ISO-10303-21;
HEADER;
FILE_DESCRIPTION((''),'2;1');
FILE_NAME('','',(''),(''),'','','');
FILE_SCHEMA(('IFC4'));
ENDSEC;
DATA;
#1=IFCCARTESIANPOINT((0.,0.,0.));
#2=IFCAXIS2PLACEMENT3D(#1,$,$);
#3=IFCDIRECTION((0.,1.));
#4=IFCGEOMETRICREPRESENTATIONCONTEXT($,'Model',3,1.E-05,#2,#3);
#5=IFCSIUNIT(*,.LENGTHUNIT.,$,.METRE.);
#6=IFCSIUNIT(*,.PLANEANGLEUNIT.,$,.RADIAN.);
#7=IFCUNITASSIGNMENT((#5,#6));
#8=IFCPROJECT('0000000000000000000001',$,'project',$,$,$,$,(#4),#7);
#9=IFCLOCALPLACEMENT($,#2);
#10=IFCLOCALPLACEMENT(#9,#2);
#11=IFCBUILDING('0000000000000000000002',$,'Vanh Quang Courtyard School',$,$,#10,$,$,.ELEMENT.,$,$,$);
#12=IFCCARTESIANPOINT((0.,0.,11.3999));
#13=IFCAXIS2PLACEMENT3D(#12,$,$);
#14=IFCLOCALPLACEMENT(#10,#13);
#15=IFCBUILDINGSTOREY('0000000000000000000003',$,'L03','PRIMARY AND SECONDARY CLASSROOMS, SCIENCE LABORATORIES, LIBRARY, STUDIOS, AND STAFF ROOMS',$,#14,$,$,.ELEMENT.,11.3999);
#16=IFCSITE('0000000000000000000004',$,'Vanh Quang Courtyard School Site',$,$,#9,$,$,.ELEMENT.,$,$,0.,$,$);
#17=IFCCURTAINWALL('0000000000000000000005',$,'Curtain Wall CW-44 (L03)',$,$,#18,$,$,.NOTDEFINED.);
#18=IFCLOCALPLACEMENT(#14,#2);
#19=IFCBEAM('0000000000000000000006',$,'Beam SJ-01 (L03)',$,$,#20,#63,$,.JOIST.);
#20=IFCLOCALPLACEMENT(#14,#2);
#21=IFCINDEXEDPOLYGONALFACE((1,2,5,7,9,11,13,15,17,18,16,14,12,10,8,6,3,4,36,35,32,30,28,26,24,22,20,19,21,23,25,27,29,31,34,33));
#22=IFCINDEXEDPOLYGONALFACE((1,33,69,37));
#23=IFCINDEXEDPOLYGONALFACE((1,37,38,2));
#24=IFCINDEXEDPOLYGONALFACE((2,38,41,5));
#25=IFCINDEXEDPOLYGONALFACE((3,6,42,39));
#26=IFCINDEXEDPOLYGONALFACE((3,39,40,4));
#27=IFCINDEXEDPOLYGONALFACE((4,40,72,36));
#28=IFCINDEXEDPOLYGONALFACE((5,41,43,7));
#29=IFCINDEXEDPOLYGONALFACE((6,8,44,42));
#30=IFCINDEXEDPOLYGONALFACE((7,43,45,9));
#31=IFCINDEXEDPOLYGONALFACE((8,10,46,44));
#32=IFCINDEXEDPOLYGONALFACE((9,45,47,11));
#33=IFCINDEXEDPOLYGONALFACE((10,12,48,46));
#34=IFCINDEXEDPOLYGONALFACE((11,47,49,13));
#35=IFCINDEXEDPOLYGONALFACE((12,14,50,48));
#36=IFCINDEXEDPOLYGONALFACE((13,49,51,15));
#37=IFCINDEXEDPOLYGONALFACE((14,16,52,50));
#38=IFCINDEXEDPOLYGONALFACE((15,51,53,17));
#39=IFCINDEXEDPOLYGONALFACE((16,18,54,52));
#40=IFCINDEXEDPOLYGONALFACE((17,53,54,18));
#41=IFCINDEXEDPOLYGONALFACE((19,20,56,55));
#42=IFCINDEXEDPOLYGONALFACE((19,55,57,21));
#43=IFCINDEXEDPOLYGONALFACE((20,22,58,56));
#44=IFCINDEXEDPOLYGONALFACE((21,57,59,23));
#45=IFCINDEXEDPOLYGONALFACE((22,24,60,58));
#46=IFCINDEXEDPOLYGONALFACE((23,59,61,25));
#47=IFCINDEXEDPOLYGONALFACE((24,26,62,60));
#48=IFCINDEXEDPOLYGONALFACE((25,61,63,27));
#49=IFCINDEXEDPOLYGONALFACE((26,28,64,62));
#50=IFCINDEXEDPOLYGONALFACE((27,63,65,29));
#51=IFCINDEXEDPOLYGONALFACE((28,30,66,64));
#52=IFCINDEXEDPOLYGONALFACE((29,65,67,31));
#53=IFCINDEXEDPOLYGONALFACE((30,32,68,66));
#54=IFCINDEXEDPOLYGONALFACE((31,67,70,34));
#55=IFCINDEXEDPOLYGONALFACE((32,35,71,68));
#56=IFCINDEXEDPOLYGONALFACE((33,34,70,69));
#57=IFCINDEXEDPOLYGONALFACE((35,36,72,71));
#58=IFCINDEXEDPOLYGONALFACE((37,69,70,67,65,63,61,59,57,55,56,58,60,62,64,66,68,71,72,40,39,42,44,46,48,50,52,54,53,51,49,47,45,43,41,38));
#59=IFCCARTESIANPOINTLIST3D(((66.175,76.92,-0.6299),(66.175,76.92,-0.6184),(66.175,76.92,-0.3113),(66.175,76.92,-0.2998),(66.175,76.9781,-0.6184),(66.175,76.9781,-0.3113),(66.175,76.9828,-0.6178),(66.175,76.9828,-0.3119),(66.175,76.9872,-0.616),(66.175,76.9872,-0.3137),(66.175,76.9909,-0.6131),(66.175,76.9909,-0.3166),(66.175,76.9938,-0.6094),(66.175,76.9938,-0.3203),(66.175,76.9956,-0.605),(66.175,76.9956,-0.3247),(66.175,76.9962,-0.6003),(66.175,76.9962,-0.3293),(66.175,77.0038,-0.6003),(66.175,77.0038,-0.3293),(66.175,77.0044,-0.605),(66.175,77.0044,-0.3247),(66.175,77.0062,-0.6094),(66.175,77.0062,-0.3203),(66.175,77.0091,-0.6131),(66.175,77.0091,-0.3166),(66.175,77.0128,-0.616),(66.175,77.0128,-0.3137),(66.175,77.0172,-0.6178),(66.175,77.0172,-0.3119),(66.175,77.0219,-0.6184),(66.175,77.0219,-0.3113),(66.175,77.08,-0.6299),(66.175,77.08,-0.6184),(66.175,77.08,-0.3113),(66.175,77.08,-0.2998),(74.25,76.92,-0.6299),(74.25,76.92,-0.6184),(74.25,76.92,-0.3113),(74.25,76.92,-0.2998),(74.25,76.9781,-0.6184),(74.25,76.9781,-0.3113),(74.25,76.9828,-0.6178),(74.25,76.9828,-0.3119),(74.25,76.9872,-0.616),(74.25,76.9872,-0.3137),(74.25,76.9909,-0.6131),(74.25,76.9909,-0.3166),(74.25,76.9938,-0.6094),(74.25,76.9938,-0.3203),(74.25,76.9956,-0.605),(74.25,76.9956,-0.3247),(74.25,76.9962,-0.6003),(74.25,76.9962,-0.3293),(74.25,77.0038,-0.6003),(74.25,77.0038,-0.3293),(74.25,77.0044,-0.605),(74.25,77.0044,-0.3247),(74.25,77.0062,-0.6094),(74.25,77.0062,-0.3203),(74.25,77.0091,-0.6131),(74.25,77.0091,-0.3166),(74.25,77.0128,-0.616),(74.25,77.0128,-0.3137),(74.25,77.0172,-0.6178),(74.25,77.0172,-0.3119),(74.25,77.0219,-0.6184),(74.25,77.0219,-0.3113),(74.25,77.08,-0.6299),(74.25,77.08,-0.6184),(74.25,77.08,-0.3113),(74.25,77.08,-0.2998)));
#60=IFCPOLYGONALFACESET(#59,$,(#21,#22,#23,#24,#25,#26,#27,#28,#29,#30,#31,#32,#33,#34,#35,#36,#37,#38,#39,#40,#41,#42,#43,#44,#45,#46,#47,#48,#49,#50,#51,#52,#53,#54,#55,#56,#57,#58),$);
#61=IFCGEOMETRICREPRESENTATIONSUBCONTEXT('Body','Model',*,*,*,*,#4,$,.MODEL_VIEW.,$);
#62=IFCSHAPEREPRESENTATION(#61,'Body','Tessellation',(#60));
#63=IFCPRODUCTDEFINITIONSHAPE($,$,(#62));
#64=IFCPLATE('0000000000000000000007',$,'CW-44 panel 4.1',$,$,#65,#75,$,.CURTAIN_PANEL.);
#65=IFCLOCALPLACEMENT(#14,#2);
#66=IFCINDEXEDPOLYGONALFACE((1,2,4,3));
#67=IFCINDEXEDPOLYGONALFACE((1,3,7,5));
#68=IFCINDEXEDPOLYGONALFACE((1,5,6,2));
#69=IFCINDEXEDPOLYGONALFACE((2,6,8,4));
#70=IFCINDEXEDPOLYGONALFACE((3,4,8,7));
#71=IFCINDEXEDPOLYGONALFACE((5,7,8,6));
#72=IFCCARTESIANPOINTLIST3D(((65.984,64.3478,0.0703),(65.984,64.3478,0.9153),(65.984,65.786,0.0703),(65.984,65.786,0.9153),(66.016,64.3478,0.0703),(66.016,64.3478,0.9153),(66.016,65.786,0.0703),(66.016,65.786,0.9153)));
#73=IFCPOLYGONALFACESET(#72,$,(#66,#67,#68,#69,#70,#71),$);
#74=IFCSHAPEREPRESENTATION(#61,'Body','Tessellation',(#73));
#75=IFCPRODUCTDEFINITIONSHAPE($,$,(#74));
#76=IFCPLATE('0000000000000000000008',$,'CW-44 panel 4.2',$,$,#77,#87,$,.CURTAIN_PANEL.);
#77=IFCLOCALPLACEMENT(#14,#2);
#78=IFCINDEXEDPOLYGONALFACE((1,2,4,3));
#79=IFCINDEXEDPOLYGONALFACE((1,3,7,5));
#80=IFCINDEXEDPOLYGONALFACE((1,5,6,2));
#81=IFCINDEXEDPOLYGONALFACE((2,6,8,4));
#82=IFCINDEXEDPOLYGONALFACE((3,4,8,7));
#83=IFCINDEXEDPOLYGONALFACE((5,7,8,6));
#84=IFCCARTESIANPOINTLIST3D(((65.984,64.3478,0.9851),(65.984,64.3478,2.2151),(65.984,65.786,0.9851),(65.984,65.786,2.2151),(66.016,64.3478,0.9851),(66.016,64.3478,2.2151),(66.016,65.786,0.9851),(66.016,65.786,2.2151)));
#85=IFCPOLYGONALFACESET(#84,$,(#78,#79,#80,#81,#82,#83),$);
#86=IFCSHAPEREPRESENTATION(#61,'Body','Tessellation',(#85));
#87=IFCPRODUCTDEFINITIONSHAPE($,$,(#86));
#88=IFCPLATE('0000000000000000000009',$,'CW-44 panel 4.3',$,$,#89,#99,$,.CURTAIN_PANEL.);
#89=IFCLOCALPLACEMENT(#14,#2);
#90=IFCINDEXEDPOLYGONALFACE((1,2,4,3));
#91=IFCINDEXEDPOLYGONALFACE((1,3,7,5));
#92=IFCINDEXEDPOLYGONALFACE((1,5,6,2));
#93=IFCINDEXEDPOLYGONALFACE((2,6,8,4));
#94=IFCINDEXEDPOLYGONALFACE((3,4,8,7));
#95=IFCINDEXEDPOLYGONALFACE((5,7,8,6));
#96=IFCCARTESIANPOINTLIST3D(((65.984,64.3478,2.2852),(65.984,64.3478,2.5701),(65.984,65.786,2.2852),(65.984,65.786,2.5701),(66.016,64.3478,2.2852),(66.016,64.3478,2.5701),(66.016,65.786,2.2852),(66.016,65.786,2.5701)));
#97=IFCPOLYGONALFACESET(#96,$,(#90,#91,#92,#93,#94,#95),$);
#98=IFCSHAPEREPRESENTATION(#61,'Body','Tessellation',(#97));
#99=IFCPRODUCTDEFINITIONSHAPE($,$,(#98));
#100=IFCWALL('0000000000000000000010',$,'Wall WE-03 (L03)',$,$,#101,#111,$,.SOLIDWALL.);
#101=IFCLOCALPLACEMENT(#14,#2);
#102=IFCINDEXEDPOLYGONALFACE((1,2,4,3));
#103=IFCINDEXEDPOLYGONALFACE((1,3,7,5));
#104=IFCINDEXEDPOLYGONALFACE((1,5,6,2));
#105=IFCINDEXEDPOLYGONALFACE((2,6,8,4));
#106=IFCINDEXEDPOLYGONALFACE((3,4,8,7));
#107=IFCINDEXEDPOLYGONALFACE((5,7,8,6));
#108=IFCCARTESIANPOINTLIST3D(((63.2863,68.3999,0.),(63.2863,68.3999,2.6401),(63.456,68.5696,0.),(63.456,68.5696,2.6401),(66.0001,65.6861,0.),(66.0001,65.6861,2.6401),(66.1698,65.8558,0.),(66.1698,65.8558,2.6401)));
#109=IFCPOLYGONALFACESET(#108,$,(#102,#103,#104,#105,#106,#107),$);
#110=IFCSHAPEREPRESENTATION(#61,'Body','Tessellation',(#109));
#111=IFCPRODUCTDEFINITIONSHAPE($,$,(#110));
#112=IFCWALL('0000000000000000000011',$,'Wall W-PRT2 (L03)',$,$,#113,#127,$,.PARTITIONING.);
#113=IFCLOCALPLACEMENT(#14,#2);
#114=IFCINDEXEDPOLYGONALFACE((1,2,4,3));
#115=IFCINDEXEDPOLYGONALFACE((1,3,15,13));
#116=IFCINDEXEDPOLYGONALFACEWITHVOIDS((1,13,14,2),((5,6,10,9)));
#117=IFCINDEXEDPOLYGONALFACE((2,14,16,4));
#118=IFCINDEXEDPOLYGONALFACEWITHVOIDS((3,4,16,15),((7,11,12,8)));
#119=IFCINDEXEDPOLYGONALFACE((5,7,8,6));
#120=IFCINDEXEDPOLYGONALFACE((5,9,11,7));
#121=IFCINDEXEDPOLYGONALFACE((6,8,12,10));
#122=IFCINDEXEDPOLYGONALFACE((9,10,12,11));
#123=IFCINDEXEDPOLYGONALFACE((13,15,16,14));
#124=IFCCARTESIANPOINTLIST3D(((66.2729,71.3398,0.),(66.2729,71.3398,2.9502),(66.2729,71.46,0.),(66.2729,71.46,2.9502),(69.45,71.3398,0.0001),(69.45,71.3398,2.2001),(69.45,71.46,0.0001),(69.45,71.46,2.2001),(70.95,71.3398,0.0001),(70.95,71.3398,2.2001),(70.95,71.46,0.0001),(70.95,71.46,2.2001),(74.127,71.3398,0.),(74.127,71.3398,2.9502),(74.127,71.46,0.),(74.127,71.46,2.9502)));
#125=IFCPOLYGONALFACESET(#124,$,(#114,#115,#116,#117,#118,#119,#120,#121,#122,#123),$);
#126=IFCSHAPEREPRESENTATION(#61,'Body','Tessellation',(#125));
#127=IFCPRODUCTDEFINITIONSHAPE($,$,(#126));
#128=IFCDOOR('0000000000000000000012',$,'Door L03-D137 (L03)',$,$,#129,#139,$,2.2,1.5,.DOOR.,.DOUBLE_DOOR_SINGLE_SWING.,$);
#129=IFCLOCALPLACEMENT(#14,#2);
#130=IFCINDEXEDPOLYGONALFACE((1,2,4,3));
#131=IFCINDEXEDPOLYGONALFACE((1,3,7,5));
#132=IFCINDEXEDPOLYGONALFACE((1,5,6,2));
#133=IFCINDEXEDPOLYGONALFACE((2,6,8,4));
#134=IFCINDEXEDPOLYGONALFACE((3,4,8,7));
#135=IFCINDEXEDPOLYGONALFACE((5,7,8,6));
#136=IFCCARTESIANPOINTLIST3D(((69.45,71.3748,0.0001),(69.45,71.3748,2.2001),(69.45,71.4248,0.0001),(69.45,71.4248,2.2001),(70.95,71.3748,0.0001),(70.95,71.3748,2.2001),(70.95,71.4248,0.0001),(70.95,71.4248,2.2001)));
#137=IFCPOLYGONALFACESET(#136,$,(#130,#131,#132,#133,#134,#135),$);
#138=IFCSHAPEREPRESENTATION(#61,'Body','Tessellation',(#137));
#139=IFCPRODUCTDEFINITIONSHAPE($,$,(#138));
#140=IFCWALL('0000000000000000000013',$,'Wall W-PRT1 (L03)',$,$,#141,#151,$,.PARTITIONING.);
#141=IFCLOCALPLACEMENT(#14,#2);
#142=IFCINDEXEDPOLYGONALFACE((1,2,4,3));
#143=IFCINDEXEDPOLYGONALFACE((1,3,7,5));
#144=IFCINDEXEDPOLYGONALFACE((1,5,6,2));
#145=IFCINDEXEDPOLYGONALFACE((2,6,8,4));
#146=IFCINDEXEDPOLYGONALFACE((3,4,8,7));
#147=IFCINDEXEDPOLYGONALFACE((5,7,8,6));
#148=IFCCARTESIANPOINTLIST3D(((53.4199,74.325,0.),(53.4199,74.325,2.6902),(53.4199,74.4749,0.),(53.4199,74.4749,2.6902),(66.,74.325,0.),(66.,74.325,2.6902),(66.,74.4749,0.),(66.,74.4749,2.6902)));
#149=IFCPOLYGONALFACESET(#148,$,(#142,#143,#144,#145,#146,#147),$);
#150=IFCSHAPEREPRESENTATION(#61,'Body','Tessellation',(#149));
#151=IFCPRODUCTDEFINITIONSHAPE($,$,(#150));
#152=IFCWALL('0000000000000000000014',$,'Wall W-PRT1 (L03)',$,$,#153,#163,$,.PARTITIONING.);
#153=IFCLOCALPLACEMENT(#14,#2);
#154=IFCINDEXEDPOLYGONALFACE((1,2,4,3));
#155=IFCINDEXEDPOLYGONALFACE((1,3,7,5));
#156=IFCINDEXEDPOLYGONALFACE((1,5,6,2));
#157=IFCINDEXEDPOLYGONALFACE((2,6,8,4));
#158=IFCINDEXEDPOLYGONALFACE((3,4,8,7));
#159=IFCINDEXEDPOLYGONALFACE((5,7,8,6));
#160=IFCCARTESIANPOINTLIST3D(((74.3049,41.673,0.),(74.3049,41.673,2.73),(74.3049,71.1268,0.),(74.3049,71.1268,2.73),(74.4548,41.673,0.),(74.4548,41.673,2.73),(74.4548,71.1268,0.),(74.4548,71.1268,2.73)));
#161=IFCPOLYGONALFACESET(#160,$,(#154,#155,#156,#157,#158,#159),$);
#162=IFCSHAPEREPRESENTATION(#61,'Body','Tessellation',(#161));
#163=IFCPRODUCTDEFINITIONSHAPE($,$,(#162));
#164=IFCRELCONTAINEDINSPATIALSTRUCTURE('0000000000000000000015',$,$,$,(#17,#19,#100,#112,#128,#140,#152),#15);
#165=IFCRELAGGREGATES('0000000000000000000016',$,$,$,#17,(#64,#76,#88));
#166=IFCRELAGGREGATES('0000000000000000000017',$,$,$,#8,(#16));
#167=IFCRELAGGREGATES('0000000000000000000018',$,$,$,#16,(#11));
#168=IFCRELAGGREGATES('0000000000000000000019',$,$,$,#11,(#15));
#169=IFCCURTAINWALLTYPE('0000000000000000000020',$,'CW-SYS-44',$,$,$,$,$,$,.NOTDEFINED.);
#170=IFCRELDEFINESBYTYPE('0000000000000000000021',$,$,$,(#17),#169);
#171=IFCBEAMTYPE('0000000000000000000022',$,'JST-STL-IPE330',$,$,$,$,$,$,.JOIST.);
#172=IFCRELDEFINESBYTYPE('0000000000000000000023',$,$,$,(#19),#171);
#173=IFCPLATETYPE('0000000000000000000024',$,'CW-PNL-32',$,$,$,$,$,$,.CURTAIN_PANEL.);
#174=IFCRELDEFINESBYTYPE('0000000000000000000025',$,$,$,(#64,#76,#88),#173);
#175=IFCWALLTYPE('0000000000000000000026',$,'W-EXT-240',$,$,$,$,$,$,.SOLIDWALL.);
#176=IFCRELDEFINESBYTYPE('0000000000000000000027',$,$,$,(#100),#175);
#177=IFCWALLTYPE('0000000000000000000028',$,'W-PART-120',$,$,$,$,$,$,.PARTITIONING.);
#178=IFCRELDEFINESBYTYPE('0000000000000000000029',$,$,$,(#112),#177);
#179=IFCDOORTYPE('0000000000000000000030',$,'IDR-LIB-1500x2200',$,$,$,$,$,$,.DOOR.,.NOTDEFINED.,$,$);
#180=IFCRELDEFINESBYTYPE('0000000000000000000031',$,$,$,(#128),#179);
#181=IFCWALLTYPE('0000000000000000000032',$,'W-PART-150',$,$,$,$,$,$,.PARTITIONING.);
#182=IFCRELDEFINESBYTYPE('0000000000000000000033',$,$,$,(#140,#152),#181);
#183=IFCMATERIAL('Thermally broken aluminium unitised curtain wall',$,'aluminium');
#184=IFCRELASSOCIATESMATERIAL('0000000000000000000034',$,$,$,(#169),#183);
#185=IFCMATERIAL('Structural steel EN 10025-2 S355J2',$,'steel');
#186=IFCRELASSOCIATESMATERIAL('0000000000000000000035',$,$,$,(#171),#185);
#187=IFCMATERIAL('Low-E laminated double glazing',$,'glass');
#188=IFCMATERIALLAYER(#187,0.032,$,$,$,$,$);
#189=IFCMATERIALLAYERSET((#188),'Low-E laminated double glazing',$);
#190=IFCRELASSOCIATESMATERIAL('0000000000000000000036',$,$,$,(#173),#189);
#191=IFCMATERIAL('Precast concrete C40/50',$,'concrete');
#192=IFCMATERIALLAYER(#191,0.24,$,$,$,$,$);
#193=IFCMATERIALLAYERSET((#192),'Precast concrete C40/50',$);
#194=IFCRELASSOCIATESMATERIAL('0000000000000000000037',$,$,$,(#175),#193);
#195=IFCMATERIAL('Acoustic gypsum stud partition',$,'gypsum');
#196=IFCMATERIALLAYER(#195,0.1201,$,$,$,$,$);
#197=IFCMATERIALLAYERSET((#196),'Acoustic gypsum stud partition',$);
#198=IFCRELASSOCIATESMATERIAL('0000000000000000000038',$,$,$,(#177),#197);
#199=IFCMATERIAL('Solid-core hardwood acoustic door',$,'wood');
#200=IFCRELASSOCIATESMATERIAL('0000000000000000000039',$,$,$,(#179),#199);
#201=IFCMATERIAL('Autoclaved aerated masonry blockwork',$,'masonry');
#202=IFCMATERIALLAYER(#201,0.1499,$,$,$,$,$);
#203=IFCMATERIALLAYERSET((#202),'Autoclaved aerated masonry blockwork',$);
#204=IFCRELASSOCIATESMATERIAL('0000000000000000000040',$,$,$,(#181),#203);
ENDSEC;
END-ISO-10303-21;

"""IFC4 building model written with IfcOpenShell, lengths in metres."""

from ifc_helpers import new_model, si_unit, direction, frame, frame_2d, origin, origin_2d, place, context, subcontext, project, spatial, rectangle, i_section, extrude, material, layer, layer_set, material_profile, profile_set, type_object, element, fill, aggregate, save


model = new_model("IFC4")

# Units and contexts
model_context = context("Model", 3, precision=1e-05, world=origin(), true_north=direction((0.0, 1.0)))
body_context = subcontext(model_context, "Body", "Model", "MODEL_VIEW")
ifc_project = project(units=[si_unit("LENGTHUNIT", "METRE"), si_unit("PLANEANGLEUNIT", "RADIAN")], contexts=[model_context])

# Site, building, storey
site_placement = place(None, origin())
site = spatial("IfcSite", under=ifc_project, at=site_placement, Name="Vanh Quang Courtyard School Site", CompositionType="ELEMENT", RefElevation=0.0)
building_placement = place(site_placement, origin())
building = spatial("IfcBuilding", under=site, at=building_placement, Name="Vanh Quang Courtyard School", CompositionType="ELEMENT")
storey_placement = place(building_placement, frame((0.0, 0.0, 11.3999)))
storey = spatial("IfcBuildingStorey", under=building, at=storey_placement, Name="L03", Description="PRIMARY AND SECONDARY CLASSROOMS, SCIENCE LABORATORIES, LIBRARY, STUDIOS, AND STAFF ROOMS", CompositionType="ELEMENT", Elevation=11.3999)

# Shared definitions
ifc_material_1 = material(Name="Structural steel EN 10025-2 S355J2", Category="steel")

# Curtain wall
ifc_material_2 = material(Name="Thermally broken aluminium unitised curtain wall", Category="aluminium")
curtain_wall_type = type_object("IfcCurtainWallType", Name="CW-SYS-44", PredefinedType="NOTDEFINED", material=ifc_material_2)
curtain_wall_placement = place(storey_placement, origin())
curtain_wall = element("IfcCurtainWall", 1, at=curtain_wall_placement, inside=storey, type_object=curtain_wall_type, Name="Curtain Wall CW-44 (L03)", PredefinedType="NOTDEFINED")

# Beam
ifc_material_profile_1 = material_profile(ifc_material_1, i_section(OverallWidth=0.1599, OverallDepth=0.3301, WebThickness=0.0076, FlangeThickness=0.0115, FilletRadius=0.0181, at=origin_2d()), Name="IPE 330")
ifc_profile_set_1 = profile_set([ifc_material_profile_1], Name="Structural steel EN 10025-2 S355J2")
beam_type_1 = type_object("IfcBeamType", Name="JST-STL-IPE330", PredefinedType="JOIST", material=ifc_profile_set_1)
for number, where, z_axis, x_axis, name in (
    (2, (66.175, 77.0, -0.4648), (1.0, 0.0, 0.0), (0.0, 1.0, 0.0), "Beam SJ-01 (L03)"),
):
    element("IfcBeam", number, at=place(storey_placement, frame(where, z_axis=z_axis, x_axis=x_axis)), inside=storey, type_object=beam_type_1, Name=name, PredefinedType="JOIST", context=body_context, shape_type="SweptSolid", body=[
        extrude(i_section(OverallWidth=0.1599, OverallDepth=0.3301, WebThickness=0.0076, FlangeThickness=0.0115, FilletRadius=0.0181, at=origin_2d()), origin(), (0.0, 0.0, 1.0), 8.075),
    ])

# Plates
ifc_material_3 = material(Name="Low-E laminated double glazing", Category="glass")
ifc_layer_1 = layer(ifc_material_3, 0.032)
ifc_layer_set_1 = layer_set([ifc_layer_1], Name="Low-E laminated double glazing")
plate_type = type_object("IfcPlateType", Name="CW-PNL-32", PredefinedType="CURTAIN_PANEL", material=ifc_layer_set_1)
plate_1_placement = place(storey_placement, frame((66.0, 65.0669, 0.0703), z_axis=(0.0, 0.0, 1.0), x_axis=(0.0, 1.0, 0.0)))
plate_1 = element("IfcPlate", 3, at=plate_1_placement, type_object=plate_type, Name="CW-44 panel 4.1", PredefinedType="CURTAIN_PANEL", context=body_context, shape_type="SweptSolid", body=[
    extrude(rectangle(XDim=1.4382, YDim=0.032, at=origin_2d()), origin(), (0.0, 0.0, 1.0), 0.845),
])
plate_2_placement = place(storey_placement, frame((66.0, 65.0669, 0.9851), z_axis=(0.0, 0.0, 1.0), x_axis=(0.0, 1.0, 0.0)))
plate_2 = element("IfcPlate", 4, at=plate_2_placement, type_object=plate_type, Name="CW-44 panel 4.2", PredefinedType="CURTAIN_PANEL", context=body_context, shape_type="SweptSolid", body=[
    extrude(rectangle(XDim=1.4382, YDim=0.032, at=origin_2d()), origin(), (0.0, 0.0, 1.0), 1.23),
])
plate_3_placement = place(storey_placement, frame((66.0, 65.0669, 2.2852), z_axis=(0.0, 0.0, 1.0), x_axis=(0.0, 1.0, 0.0)))
plate_3 = element("IfcPlate", 5, at=plate_3_placement, type_object=plate_type, Name="CW-44 panel 4.3", PredefinedType="CURTAIN_PANEL", context=body_context, shape_type="SweptSolid", body=[
    extrude(rectangle(XDim=1.4382, YDim=0.032, at=origin_2d()), origin(), (0.0, 0.0, 1.0), 0.2849),
])
aggregate(curtain_wall, [plate_1, plate_2, plate_3])

# Wall
ifc_material_4 = material(Name="Precast concrete C40/50", Category="concrete")
ifc_layer_2 = layer(ifc_material_4, 0.24)
ifc_layer_set_2 = layer_set([ifc_layer_2], Name="Precast concrete C40/50")
wall_type_1 = type_object("IfcWallType", Name="W-EXT-240", PredefinedType="SOLIDWALL", material=ifc_layer_set_2)
wall_1_placement = place(storey_placement, frame((66.085, 65.771, 0.0), z_axis=(0.0, 0.0, 1.0), x_axis=(-0.707107, 0.707107, 0.0)))
element("IfcWall", 6, at=wall_1_placement, inside=storey, type_object=wall_type_1, Name="Wall WE-03 (L03)", PredefinedType="SOLIDWALL", context=body_context, shape_type="SweptSolid", body=[
    extrude(rectangle(XDim=3.8379, YDim=0.24, at=frame_2d((1.9189, 0.0))), origin(), (0.0, 0.0, 1.0), 2.6401),
])

# Wall, opening, door
ifc_material_5 = material(Name="Acoustic gypsum stud partition", Category="gypsum")
ifc_layer_3 = layer(ifc_material_5, 0.1201)
ifc_layer_set_3 = layer_set([ifc_layer_3], Name="Acoustic gypsum stud partition")
wall_type_2 = type_object("IfcWallType", Name="W-PART-120", PredefinedType="PARTITIONING", material=ifc_layer_set_3)
wall_2_placement = place(storey_placement, frame((66.2729, 71.3999, 0.0), z_axis=(0.0, 0.0, 1.0), x_axis=(1.0, 0.0, 0.0)))
wall_2 = element("IfcWall", 7, at=wall_2_placement, inside=storey, type_object=wall_type_2, Name="Wall W-PRT2 (L03)", PredefinedType="PARTITIONING", context=body_context, shape_type="SweptSolid", body=[
    extrude(rectangle(XDim=7.854, YDim=0.1201, at=frame_2d((3.927, 0.0))), origin(), (0.0, 0.0, 1.0), 2.9502),
])
opening_placement = place(wall_2_placement, frame((3.177, 0.0, 0.0)))
opening = element("IfcOpeningElement", 8, at=opening_placement, cuts=wall_2, PredefinedType="OPENING", context=body_context, shape_type="SweptSolid", body=[
    extrude(rectangle(XDim=1.5, YDim=2.2, at=frame_2d((0.75, 1.1001))), frame((0.0, 0.0701, 0.0), z_axis=(0.0, -1.0, 0.0), x_axis=(1.0, 0.0, 0.0)), (0.0, 0.0, 1.0), 0.1401),
])
ifc_material_6 = material(Name="Solid-core hardwood acoustic door", Category="wood")
door_type = type_object("IfcDoorType", Name="IDR-LIB-1500x2200", OperationType="NOTDEFINED", PredefinedType="DOOR", material=ifc_material_6)
door_placement = place(opening_placement, origin())
door = element("IfcDoor", 9, at=door_placement, inside=storey, type_object=door_type, Name="Door L03-D137 (L03)", OperationType="DOUBLE_DOOR_SINGLE_SWING", OverallHeight=2.2, OverallWidth=1.5, PredefinedType="DOOR", context=body_context, shape_type="SweptSolid", body=[
    extrude(rectangle(XDim=1.5, YDim=2.2, at=frame_2d((0.75, 1.1001))), frame((0.0, 0.0249, 0.0), z_axis=(0.0, -1.0, 0.0), x_axis=(1.0, 0.0, 0.0)), (0.0, 0.0, 1.0), 0.05),
])
fill(opening, door)

# Walls
ifc_material_7 = material(Name="Autoclaved aerated masonry blockwork", Category="masonry")
ifc_layer_4 = layer(ifc_material_7, 0.1499)
ifc_layer_set_4 = layer_set([ifc_layer_4], Name="Autoclaved aerated masonry blockwork")
wall_type_3 = type_object("IfcWallType", Name="W-PART-150", PredefinedType="PARTITIONING", material=ifc_layer_set_4)
wall_3_placement = place(storey_placement, frame((66.0, 74.3999, 0.0), z_axis=(0.0, 0.0, 1.0), x_axis=(-1.0, 0.0, 0.0)))
element("IfcWall", 10, at=wall_3_placement, inside=storey, type_object=wall_type_3, Name="Wall W-PRT1 (L03)", PredefinedType="PARTITIONING", context=body_context, shape_type="SweptSolid", body=[
    extrude(rectangle(XDim=12.5801, YDim=0.1499, at=frame_2d((6.29, 0.0))), origin(), (0.0, 0.0, 1.0), 2.6902),
])
wall_4_placement = place(storey_placement, frame((74.3799, 71.127, 0.0), z_axis=(0.0, 0.0, 1.0), x_axis=(0.0, -1.0, 0.0)))
element("IfcWall", 11, at=wall_4_placement, inside=storey, type_object=wall_type_3, Name="Wall W-PRT1 (L03)", PredefinedType="PARTITIONING", context=body_context, shape_type="SweptSolid", body=[
    extrude(rectangle(XDim=29.4539, YDim=0.1499, at=frame_2d((14.7271, 0.0))), origin(), (0.0, 0.0, 1.0), 2.73),
])

save(model, "model.ifc")
